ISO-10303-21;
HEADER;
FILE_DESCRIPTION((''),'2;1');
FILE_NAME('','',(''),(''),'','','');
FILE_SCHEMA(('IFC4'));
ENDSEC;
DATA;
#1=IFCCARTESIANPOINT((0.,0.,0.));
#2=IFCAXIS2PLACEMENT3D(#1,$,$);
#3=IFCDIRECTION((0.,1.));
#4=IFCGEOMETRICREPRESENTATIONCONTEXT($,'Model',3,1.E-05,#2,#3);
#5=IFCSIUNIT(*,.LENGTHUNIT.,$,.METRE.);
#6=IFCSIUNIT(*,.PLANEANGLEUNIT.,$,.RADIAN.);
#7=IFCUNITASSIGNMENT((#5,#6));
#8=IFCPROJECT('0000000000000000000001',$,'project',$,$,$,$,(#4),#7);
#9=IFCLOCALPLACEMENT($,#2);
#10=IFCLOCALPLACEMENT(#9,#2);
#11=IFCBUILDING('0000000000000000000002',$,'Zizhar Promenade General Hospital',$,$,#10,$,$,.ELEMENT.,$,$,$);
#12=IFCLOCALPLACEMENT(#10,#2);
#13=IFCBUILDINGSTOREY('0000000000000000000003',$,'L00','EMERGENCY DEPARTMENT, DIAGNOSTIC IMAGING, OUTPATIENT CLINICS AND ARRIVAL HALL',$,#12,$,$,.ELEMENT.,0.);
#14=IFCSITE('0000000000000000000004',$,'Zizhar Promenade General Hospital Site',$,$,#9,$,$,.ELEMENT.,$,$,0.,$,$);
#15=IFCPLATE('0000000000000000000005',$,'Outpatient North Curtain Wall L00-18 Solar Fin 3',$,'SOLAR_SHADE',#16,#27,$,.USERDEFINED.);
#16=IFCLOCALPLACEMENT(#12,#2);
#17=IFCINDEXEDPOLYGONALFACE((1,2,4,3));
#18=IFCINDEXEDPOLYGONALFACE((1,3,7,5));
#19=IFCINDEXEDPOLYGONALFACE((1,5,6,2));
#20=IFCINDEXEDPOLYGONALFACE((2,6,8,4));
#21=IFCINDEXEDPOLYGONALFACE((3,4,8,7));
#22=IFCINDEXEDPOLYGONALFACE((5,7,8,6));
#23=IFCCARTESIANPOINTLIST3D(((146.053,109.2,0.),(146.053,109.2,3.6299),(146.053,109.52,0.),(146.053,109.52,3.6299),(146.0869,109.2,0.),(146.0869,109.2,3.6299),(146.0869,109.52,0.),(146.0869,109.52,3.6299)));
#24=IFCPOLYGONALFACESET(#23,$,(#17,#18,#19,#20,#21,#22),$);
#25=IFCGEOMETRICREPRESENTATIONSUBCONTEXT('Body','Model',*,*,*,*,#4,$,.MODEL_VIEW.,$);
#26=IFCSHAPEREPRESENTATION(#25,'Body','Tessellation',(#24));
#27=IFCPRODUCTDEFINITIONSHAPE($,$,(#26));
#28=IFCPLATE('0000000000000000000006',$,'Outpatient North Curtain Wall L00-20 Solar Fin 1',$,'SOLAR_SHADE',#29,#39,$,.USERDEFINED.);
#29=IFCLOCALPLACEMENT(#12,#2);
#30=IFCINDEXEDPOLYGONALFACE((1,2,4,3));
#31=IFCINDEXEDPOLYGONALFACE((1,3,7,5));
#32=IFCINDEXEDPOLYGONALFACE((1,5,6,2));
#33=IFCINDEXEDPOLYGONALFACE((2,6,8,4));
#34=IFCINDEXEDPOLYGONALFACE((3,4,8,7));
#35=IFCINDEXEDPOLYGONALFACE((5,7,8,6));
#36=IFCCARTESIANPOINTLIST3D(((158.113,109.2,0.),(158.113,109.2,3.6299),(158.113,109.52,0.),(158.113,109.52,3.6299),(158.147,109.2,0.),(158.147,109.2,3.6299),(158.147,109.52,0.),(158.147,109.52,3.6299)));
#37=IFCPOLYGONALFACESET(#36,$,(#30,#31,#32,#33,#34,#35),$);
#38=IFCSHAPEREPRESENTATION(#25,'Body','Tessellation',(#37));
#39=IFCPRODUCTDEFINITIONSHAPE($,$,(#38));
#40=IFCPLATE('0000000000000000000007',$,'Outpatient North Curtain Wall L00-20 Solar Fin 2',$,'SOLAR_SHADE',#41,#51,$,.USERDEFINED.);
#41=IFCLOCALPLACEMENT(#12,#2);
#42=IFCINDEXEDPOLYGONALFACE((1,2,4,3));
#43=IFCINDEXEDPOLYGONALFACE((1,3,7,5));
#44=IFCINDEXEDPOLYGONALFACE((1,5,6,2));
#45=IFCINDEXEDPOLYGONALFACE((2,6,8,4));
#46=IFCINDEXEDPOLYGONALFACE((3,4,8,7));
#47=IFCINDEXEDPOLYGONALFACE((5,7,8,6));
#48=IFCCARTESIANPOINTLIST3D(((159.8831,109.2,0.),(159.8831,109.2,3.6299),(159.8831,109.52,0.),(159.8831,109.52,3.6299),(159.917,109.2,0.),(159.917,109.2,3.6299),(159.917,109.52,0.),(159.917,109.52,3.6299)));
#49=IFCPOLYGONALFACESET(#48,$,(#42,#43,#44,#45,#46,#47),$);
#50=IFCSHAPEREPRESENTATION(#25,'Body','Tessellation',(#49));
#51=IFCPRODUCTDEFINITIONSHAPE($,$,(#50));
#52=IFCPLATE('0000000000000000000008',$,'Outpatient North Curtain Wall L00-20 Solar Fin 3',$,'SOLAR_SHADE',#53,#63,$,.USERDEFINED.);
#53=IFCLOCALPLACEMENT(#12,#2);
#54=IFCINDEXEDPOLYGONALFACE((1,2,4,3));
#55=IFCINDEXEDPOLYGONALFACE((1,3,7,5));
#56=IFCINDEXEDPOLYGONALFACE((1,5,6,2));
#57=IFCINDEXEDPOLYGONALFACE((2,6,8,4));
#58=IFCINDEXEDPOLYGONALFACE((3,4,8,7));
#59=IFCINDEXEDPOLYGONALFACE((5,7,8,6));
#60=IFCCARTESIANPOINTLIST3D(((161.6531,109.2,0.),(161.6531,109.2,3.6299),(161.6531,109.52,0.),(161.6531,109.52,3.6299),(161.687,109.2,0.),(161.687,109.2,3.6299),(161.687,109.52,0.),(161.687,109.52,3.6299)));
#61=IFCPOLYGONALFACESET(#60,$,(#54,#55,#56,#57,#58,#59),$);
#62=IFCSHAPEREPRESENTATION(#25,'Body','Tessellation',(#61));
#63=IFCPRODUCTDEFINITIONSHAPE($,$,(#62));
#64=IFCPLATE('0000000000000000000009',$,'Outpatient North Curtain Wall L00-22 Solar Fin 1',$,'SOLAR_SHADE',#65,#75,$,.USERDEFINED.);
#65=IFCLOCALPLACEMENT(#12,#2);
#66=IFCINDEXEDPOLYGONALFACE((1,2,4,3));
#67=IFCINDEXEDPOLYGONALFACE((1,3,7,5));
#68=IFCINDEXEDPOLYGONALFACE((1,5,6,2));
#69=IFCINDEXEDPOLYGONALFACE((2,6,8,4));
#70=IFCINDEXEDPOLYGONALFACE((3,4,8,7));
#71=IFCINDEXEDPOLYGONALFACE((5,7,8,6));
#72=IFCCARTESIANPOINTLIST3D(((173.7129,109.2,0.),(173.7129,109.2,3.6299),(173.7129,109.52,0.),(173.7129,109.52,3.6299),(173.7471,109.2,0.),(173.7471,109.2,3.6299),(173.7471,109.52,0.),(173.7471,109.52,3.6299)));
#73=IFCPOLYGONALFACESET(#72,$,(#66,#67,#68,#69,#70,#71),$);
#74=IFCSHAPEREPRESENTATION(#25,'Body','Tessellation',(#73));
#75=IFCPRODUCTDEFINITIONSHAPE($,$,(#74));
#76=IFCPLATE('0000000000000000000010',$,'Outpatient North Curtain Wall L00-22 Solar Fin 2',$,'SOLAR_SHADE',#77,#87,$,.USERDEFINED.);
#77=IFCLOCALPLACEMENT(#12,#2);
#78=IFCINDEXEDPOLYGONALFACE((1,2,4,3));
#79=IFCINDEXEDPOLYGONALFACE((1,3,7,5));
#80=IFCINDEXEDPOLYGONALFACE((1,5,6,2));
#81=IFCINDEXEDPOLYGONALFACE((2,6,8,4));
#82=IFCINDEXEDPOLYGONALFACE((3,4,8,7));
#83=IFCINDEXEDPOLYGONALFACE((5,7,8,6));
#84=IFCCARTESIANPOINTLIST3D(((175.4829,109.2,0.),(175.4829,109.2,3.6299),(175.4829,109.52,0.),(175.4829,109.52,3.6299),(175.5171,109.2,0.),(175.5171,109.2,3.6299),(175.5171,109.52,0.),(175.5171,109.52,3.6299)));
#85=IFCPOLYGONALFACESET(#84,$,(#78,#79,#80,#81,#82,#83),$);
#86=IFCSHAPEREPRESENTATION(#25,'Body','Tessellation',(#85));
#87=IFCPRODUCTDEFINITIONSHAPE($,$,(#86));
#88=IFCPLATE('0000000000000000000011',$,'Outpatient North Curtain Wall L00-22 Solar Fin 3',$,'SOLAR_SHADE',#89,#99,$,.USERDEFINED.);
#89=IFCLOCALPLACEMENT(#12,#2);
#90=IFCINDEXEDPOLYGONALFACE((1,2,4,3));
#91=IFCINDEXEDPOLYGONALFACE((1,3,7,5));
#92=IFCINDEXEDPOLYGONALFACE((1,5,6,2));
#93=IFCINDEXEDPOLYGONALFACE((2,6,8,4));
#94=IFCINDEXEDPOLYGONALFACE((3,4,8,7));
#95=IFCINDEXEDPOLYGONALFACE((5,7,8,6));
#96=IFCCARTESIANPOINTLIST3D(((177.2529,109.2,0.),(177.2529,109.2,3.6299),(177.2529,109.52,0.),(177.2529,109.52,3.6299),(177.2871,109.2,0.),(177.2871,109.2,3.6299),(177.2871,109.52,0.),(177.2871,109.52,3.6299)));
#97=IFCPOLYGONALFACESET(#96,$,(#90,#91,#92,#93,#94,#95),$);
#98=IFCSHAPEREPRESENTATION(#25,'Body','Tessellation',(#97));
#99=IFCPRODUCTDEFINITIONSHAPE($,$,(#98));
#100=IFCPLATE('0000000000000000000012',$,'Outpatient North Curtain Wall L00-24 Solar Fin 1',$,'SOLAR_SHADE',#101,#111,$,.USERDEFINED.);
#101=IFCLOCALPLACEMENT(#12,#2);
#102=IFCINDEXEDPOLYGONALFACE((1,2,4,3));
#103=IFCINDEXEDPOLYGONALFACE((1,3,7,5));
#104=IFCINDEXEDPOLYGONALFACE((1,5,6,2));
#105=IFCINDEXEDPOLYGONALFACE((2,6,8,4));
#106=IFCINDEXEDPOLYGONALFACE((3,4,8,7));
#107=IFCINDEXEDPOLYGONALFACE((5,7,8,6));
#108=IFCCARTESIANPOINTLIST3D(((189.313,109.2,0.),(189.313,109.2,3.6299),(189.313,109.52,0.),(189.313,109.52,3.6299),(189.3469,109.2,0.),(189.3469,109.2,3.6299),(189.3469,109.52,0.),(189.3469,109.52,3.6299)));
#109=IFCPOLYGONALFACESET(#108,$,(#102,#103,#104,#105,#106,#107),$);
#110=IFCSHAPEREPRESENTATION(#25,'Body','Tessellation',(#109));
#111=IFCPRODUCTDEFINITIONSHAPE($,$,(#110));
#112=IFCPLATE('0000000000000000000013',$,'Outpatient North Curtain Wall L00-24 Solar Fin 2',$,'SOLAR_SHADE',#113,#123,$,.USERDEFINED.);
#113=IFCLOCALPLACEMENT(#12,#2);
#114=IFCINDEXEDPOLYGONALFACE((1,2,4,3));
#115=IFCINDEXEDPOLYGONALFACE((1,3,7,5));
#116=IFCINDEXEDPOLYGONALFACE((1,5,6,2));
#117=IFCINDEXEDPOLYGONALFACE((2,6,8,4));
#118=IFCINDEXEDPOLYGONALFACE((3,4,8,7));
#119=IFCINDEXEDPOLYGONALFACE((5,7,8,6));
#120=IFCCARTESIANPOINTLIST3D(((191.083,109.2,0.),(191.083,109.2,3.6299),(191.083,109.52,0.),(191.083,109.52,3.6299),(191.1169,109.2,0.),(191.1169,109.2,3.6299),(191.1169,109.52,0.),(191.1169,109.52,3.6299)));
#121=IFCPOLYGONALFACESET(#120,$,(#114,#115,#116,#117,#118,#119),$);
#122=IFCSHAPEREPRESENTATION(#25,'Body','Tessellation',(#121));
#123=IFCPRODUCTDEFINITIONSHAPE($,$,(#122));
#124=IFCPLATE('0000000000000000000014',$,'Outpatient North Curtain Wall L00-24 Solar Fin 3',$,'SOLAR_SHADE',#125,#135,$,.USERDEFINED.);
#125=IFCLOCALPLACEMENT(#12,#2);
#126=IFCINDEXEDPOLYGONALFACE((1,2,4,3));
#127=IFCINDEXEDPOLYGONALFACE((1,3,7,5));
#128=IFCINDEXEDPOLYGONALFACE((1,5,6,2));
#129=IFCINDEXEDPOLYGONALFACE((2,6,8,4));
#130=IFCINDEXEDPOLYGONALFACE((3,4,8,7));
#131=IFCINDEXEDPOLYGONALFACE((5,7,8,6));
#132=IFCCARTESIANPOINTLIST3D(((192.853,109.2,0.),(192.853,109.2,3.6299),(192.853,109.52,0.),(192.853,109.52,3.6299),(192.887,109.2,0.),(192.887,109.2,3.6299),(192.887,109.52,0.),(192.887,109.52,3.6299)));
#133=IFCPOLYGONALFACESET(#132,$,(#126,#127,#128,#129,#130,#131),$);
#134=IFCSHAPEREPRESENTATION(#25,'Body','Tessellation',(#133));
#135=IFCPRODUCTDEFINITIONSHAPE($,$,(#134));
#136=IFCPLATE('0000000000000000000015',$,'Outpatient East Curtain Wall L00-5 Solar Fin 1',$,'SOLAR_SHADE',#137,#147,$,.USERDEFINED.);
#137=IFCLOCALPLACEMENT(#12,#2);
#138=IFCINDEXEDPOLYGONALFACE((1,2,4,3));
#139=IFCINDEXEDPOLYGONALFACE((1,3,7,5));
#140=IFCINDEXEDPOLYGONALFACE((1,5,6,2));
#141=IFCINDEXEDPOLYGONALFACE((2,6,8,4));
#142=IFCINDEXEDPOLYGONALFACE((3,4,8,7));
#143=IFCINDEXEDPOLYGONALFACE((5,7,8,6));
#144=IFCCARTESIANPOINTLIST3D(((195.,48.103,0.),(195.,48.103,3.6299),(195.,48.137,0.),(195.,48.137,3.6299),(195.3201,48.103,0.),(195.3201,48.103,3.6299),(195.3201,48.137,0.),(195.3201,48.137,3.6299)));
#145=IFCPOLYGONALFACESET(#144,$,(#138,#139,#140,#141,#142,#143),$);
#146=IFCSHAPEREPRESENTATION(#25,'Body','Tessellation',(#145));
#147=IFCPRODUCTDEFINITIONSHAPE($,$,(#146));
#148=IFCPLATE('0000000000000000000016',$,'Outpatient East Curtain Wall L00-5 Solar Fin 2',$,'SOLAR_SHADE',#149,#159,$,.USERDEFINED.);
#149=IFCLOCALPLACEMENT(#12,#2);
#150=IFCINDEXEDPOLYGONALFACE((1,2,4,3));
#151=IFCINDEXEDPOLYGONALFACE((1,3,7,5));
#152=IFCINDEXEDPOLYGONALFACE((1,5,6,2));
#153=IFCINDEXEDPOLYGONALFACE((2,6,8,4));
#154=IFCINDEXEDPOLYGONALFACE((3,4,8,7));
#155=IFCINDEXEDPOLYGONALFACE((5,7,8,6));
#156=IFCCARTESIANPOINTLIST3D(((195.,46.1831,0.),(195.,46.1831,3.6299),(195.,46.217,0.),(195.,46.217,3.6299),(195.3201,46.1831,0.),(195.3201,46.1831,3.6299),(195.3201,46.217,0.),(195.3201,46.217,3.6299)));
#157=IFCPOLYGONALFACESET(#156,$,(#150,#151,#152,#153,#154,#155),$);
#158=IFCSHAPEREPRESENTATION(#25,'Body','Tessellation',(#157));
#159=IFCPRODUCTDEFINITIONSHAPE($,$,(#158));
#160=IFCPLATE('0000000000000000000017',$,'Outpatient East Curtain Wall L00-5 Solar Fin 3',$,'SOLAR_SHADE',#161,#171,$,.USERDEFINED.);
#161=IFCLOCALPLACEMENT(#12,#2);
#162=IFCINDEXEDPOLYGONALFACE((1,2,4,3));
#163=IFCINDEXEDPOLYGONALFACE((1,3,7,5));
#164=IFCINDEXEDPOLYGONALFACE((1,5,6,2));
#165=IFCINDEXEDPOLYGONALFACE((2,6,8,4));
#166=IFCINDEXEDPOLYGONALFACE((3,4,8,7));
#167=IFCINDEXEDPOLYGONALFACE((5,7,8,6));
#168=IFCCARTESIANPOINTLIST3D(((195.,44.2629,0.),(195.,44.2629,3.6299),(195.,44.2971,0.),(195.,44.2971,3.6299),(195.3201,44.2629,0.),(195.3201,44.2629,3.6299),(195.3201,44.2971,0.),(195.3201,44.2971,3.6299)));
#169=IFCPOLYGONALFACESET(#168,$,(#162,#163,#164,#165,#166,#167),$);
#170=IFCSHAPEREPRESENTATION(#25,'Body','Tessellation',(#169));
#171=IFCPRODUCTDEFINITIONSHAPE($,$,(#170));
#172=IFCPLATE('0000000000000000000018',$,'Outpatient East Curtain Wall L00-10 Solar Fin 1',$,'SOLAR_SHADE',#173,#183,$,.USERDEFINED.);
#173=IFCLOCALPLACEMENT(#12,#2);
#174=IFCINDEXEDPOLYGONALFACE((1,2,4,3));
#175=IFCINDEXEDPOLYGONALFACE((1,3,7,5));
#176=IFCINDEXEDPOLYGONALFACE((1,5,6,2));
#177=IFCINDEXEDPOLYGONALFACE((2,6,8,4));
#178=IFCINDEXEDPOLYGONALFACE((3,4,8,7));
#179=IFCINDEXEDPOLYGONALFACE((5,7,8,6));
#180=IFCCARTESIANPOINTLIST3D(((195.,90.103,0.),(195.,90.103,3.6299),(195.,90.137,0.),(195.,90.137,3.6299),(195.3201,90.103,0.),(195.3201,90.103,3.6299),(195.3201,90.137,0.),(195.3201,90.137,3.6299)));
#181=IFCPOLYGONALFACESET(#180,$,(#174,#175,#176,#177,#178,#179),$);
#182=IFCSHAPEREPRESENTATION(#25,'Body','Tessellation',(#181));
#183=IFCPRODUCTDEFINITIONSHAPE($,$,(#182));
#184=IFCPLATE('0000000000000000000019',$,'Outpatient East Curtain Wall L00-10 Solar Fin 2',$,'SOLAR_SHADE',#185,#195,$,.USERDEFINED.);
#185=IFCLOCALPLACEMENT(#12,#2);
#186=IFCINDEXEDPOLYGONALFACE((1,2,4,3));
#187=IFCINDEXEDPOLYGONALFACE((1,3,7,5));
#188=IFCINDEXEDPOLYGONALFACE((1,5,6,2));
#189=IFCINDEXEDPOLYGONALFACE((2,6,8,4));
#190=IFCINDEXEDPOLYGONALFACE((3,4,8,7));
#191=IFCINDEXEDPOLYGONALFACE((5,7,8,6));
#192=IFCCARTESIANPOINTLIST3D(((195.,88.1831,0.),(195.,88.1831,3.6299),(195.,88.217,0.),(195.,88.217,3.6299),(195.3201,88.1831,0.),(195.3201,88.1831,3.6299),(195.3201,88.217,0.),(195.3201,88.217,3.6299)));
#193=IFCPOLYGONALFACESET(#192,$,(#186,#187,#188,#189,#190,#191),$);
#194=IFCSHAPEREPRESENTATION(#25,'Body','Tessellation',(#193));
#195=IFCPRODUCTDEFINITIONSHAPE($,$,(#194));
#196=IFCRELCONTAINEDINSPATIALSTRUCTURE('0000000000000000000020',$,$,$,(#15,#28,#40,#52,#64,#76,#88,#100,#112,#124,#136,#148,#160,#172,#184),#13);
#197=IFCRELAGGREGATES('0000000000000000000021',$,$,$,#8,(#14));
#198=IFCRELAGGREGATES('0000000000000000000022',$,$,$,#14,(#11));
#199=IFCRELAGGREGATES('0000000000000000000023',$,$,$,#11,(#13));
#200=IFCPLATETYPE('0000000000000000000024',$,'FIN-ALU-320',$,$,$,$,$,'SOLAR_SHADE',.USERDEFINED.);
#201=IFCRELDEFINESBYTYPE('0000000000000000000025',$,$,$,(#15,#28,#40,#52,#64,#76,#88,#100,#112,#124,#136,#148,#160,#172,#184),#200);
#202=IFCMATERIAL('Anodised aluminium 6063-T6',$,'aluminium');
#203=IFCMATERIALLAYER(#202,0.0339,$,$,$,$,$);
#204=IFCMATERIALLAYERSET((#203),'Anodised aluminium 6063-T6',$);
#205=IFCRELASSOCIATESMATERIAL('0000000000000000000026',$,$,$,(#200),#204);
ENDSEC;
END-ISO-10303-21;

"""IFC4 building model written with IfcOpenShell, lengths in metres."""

from ifc_helpers import new_model, si_unit, direction, origin, place, context, subcontext, project, spatial, polyline, outline, extrude, material, layer, layer_set, type_object, element, save


model = new_model("IFC4")

# Units and contexts
model_context = context("Model", 3, precision=1e-05, world=origin(), true_north=direction((0.0, 1.0)))
body_context = subcontext(model_context, "Body", "Model", "MODEL_VIEW")
ifc_project = project(units=[si_unit("LENGTHUNIT", "METRE"), si_unit("PLANEANGLEUNIT", "RADIAN")], contexts=[model_context])

# Site, building, storey
site_placement = place(None, origin())
site = spatial("IfcSite", under=ifc_project, at=site_placement, Name="Zizhar Promenade General Hospital Site", CompositionType="ELEMENT", RefElevation=0.0)
building_placement = place(site_placement, origin())
building = spatial("IfcBuilding", under=site, at=building_placement, Name="Zizhar Promenade General Hospital", CompositionType="ELEMENT")
storey_placement = place(building_placement, origin())
storey = spatial("IfcBuildingStorey", under=building, at=storey_placement, Name="L00", Description="EMERGENCY DEPARTMENT, DIAGNOSTIC IMAGING, OUTPATIENT CLINICS AND ARRIVAL HALL", CompositionType="ELEMENT", Elevation=0.0)

# Plates
ifc_material_1 = material(Name="Anodised aluminium 6063-T6", Category="aluminium")
ifc_layer_1 = layer(ifc_material_1, 0.0339)
ifc_layer_set_1 = layer_set([ifc_layer_1], Name="Anodised aluminium 6063-T6")
plate_type_1 = type_object("IfcPlateType", Name="FIN-ALU-320", ElementType="SOLAR_SHADE", PredefinedType="USERDEFINED", material=ifc_layer_set_1)
plate_1_placement = place(storey_placement, origin())
element("IfcPlate", 1, at=plate_1_placement, inside=storey, type_object=plate_type_1, Name="Outpatient North Curtain Wall L00-18 Solar Fin 3", ObjectType="SOLAR_SHADE", PredefinedType="USERDEFINED", context=body_context, shape_type="SweptSolid", body=[
    extrude(outline(polyline([(146.053, 109.2), (146.0869, 109.2), (146.0869, 109.52), (146.053, 109.52), (146.053, 109.2)])), origin(), (0.0, 0.0, 1.0), 3.6299),
])
plate_2_placement = place(storey_placement, origin())
element("IfcPlate", 2, at=plate_2_placement, inside=storey, type_object=plate_type_1, Name="Outpatient North Curtain Wall L00-20 Solar Fin 1", ObjectType="SOLAR_SHADE", PredefinedType="USERDEFINED", context=body_context, shape_type="SweptSolid", body=[
    extrude(outline(polyline([(158.113, 109.2), (158.147, 109.2), (158.147, 109.52), (158.113, 109.52), (158.113, 109.2)])), origin(), (0.0, 0.0, 1.0), 3.6299),
])
plate_3_placement = place(storey_placement, origin())
element("IfcPlate", 3, at=plate_3_placement, inside=storey, type_object=plate_type_1, Name="Outpatient North Curtain Wall L00-20 Solar Fin 2", ObjectType="SOLAR_SHADE", PredefinedType="USERDEFINED", context=body_context, shape_type="SweptSolid", body=[
    extrude(outline(polyline([(159.8831, 109.2), (159.917, 109.2), (159.917, 109.52), (159.8831, 109.52), (159.8831, 109.2)])), origin(), (0.0, 0.0, 1.0), 3.6299),
])
plate_4_placement = place(storey_placement, origin())
element("IfcPlate", 4, at=plate_4_placement, inside=storey, type_object=plate_type_1, Name="Outpatient North Curtain Wall L00-20 Solar Fin 3", ObjectType="SOLAR_SHADE", PredefinedType="USERDEFINED", context=body_context, shape_type="SweptSolid", body=[
    extrude(outline(polyline([(161.6531, 109.2), (161.687, 109.2), (161.687, 109.52), (161.6531, 109.52), (161.6531, 109.2)])), origin(), (0.0, 0.0, 1.0), 3.6299),
])
plate_5_placement = place(storey_placement, origin())
element("IfcPlate", 5, at=plate_5_placement, inside=storey, type_object=plate_type_1, Name="Outpatient North Curtain Wall L00-22 Solar Fin 1", ObjectType="SOLAR_SHADE", PredefinedType="USERDEFINED", context=body_context, shape_type="SweptSolid", body=[
    extrude(outline(polyline([(173.7129, 109.2), (173.7471, 109.2), (173.7471, 109.52), (173.7129, 109.52), (173.7129, 109.2)])), origin(), (0.0, 0.0, 1.0), 3.6299),
])
plate_6_placement = place(storey_placement, origin())
element("IfcPlate", 6, at=plate_6_placement, inside=storey, type_object=plate_type_1, Name="Outpatient North Curtain Wall L00-22 Solar Fin 2", ObjectType="SOLAR_SHADE", PredefinedType="USERDEFINED", context=body_context, shape_type="SweptSolid", body=[
    extrude(outline(polyline([(175.4829, 109.2), (175.5171, 109.2), (175.5171, 109.52), (175.4829, 109.52), (175.4829, 109.2)])), origin(), (0.0, 0.0, 1.0), 3.6299),
])
plate_7_placement = place(storey_placement, origin())
element("IfcPlate", 7, at=plate_7_placement, inside=storey, type_object=plate_type_1, Name="Outpatient North Curtain Wall L00-22 Solar Fin 3", ObjectType="SOLAR_SHADE", PredefinedType="USERDEFINED", context=body_context, shape_type="SweptSolid", body=[
    extrude(outline(polyline([(177.2529, 109.2), (177.2871, 109.2), (177.2871, 109.52), (177.2529, 109.52), (177.2529, 109.2)])), origin(), (0.0, 0.0, 1.0), 3.6299),
])
plate_8_placement = place(storey_placement, origin())
element("IfcPlate", 8, at=plate_8_placement, inside=storey, type_object=plate_type_1, Name="Outpatient North Curtain Wall L00-24 Solar Fin 1", ObjectType="SOLAR_SHADE", PredefinedType="USERDEFINED", context=body_context, shape_type="SweptSolid", body=[
    extrude(outline(polyline([(189.313, 109.2), (189.3469, 109.2), (189.3469, 109.52), (189.313, 109.52), (189.313, 109.2)])), origin(), (0.0, 0.0, 1.0), 3.6299),
])
plate_9_placement = place(storey_placement, origin())
element("IfcPlate", 9, at=plate_9_placement, inside=storey, type_object=plate_type_1, Name="Outpatient North Curtain Wall L00-24 Solar Fin 2", ObjectType="SOLAR_SHADE", PredefinedType="USERDEFINED", context=body_context, shape_type="SweptSolid", body=[
    extrude(outline(polyline([(191.083, 109.2), (191.1169, 109.2), (191.1169, 109.52), (191.083, 109.52), (191.083, 109.2)])), origin(), (0.0, 0.0, 1.0), 3.6299),
])
plate_10_placement = place(storey_placement, origin())
element("IfcPlate", 10, at=plate_10_placement, inside=storey, type_object=plate_type_1, Name="Outpatient North Curtain Wall L00-24 Solar Fin 3", ObjectType="SOLAR_SHADE", PredefinedType="USERDEFINED", context=body_context, shape_type="SweptSolid", body=[
    extrude(outline(polyline([(192.853, 109.2), (192.887, 109.2), (192.887, 109.52), (192.853, 109.52), (192.853, 109.2)])), origin(), (0.0, 0.0, 1.0), 3.6299),
])
plate_11_placement = place(storey_placement, origin())
element("IfcPlate", 11, at=plate_11_placement, inside=storey, type_object=plate_type_1, Name="Outpatient East Curtain Wall L00-5 Solar Fin 1", ObjectType="SOLAR_SHADE", PredefinedType="USERDEFINED", context=body_context, shape_type="SweptSolid", body=[
    extrude(outline(polyline([(195.0, 48.137), (195.0, 48.103), (195.3201, 48.103), (195.3201, 48.137), (195.0, 48.137)])), origin(), (0.0, 0.0, 1.0), 3.6299),
])
plate_12_placement = place(storey_placement, origin())
element("IfcPlate", 12, at=plate_12_placement, inside=storey, type_object=plate_type_1, Name="Outpatient East Curtain Wall L00-5 Solar Fin 2", ObjectType="SOLAR_SHADE", PredefinedType="USERDEFINED", context=body_context, shape_type="SweptSolid", body=[
    extrude(outline(polyline([(195.0, 46.217), (195.0, 46.1831), (195.3201, 46.1831), (195.3201, 46.217), (195.0, 46.217)])), origin(), (0.0, 0.0, 1.0), 3.6299),
])
plate_13_placement = place(storey_placement, origin())
element("IfcPlate", 13, at=plate_13_placement, inside=storey, type_object=plate_type_1, Name="Outpatient East Curtain Wall L00-5 Solar Fin 3", ObjectType="SOLAR_SHADE", PredefinedType="USERDEFINED", context=body_context, shape_type="SweptSolid", body=[
    extrude(outline(polyline([(195.0, 44.2971), (195.0, 44.2629), (195.3201, 44.2629), (195.3201, 44.2971), (195.0, 44.2971)])), origin(), (0.0, 0.0, 1.0), 3.6299),
])
plate_14_placement = place(storey_placement, origin())
element("IfcPlate", 14, at=plate_14_placement, inside=storey, type_object=plate_type_1, Name="Outpatient East Curtain Wall L00-10 Solar Fin 1", ObjectType="SOLAR_SHADE", PredefinedType="USERDEFINED", context=body_context, shape_type="SweptSolid", body=[
    extrude(outline(polyline([(195.0, 90.137), (195.0, 90.103), (195.3201, 90.103), (195.3201, 90.137), (195.0, 90.137)])), origin(), (0.0, 0.0, 1.0), 3.6299),
])
plate_15_placement = place(storey_placement, origin())
element("IfcPlate", 15, at=plate_15_placement, inside=storey, type_object=plate_type_1, Name="Outpatient East Curtain Wall L00-10 Solar Fin 2", ObjectType="SOLAR_SHADE", PredefinedType="USERDEFINED", context=body_context, shape_type="SweptSolid", body=[
    extrude(outline(polyline([(195.0, 88.217), (195.0, 88.1831), (195.3201, 88.1831), (195.3201, 88.217), (195.0, 88.217)])), origin(), (0.0, 0.0, 1.0), 3.6299),
])

save(model, "model.ifc")
